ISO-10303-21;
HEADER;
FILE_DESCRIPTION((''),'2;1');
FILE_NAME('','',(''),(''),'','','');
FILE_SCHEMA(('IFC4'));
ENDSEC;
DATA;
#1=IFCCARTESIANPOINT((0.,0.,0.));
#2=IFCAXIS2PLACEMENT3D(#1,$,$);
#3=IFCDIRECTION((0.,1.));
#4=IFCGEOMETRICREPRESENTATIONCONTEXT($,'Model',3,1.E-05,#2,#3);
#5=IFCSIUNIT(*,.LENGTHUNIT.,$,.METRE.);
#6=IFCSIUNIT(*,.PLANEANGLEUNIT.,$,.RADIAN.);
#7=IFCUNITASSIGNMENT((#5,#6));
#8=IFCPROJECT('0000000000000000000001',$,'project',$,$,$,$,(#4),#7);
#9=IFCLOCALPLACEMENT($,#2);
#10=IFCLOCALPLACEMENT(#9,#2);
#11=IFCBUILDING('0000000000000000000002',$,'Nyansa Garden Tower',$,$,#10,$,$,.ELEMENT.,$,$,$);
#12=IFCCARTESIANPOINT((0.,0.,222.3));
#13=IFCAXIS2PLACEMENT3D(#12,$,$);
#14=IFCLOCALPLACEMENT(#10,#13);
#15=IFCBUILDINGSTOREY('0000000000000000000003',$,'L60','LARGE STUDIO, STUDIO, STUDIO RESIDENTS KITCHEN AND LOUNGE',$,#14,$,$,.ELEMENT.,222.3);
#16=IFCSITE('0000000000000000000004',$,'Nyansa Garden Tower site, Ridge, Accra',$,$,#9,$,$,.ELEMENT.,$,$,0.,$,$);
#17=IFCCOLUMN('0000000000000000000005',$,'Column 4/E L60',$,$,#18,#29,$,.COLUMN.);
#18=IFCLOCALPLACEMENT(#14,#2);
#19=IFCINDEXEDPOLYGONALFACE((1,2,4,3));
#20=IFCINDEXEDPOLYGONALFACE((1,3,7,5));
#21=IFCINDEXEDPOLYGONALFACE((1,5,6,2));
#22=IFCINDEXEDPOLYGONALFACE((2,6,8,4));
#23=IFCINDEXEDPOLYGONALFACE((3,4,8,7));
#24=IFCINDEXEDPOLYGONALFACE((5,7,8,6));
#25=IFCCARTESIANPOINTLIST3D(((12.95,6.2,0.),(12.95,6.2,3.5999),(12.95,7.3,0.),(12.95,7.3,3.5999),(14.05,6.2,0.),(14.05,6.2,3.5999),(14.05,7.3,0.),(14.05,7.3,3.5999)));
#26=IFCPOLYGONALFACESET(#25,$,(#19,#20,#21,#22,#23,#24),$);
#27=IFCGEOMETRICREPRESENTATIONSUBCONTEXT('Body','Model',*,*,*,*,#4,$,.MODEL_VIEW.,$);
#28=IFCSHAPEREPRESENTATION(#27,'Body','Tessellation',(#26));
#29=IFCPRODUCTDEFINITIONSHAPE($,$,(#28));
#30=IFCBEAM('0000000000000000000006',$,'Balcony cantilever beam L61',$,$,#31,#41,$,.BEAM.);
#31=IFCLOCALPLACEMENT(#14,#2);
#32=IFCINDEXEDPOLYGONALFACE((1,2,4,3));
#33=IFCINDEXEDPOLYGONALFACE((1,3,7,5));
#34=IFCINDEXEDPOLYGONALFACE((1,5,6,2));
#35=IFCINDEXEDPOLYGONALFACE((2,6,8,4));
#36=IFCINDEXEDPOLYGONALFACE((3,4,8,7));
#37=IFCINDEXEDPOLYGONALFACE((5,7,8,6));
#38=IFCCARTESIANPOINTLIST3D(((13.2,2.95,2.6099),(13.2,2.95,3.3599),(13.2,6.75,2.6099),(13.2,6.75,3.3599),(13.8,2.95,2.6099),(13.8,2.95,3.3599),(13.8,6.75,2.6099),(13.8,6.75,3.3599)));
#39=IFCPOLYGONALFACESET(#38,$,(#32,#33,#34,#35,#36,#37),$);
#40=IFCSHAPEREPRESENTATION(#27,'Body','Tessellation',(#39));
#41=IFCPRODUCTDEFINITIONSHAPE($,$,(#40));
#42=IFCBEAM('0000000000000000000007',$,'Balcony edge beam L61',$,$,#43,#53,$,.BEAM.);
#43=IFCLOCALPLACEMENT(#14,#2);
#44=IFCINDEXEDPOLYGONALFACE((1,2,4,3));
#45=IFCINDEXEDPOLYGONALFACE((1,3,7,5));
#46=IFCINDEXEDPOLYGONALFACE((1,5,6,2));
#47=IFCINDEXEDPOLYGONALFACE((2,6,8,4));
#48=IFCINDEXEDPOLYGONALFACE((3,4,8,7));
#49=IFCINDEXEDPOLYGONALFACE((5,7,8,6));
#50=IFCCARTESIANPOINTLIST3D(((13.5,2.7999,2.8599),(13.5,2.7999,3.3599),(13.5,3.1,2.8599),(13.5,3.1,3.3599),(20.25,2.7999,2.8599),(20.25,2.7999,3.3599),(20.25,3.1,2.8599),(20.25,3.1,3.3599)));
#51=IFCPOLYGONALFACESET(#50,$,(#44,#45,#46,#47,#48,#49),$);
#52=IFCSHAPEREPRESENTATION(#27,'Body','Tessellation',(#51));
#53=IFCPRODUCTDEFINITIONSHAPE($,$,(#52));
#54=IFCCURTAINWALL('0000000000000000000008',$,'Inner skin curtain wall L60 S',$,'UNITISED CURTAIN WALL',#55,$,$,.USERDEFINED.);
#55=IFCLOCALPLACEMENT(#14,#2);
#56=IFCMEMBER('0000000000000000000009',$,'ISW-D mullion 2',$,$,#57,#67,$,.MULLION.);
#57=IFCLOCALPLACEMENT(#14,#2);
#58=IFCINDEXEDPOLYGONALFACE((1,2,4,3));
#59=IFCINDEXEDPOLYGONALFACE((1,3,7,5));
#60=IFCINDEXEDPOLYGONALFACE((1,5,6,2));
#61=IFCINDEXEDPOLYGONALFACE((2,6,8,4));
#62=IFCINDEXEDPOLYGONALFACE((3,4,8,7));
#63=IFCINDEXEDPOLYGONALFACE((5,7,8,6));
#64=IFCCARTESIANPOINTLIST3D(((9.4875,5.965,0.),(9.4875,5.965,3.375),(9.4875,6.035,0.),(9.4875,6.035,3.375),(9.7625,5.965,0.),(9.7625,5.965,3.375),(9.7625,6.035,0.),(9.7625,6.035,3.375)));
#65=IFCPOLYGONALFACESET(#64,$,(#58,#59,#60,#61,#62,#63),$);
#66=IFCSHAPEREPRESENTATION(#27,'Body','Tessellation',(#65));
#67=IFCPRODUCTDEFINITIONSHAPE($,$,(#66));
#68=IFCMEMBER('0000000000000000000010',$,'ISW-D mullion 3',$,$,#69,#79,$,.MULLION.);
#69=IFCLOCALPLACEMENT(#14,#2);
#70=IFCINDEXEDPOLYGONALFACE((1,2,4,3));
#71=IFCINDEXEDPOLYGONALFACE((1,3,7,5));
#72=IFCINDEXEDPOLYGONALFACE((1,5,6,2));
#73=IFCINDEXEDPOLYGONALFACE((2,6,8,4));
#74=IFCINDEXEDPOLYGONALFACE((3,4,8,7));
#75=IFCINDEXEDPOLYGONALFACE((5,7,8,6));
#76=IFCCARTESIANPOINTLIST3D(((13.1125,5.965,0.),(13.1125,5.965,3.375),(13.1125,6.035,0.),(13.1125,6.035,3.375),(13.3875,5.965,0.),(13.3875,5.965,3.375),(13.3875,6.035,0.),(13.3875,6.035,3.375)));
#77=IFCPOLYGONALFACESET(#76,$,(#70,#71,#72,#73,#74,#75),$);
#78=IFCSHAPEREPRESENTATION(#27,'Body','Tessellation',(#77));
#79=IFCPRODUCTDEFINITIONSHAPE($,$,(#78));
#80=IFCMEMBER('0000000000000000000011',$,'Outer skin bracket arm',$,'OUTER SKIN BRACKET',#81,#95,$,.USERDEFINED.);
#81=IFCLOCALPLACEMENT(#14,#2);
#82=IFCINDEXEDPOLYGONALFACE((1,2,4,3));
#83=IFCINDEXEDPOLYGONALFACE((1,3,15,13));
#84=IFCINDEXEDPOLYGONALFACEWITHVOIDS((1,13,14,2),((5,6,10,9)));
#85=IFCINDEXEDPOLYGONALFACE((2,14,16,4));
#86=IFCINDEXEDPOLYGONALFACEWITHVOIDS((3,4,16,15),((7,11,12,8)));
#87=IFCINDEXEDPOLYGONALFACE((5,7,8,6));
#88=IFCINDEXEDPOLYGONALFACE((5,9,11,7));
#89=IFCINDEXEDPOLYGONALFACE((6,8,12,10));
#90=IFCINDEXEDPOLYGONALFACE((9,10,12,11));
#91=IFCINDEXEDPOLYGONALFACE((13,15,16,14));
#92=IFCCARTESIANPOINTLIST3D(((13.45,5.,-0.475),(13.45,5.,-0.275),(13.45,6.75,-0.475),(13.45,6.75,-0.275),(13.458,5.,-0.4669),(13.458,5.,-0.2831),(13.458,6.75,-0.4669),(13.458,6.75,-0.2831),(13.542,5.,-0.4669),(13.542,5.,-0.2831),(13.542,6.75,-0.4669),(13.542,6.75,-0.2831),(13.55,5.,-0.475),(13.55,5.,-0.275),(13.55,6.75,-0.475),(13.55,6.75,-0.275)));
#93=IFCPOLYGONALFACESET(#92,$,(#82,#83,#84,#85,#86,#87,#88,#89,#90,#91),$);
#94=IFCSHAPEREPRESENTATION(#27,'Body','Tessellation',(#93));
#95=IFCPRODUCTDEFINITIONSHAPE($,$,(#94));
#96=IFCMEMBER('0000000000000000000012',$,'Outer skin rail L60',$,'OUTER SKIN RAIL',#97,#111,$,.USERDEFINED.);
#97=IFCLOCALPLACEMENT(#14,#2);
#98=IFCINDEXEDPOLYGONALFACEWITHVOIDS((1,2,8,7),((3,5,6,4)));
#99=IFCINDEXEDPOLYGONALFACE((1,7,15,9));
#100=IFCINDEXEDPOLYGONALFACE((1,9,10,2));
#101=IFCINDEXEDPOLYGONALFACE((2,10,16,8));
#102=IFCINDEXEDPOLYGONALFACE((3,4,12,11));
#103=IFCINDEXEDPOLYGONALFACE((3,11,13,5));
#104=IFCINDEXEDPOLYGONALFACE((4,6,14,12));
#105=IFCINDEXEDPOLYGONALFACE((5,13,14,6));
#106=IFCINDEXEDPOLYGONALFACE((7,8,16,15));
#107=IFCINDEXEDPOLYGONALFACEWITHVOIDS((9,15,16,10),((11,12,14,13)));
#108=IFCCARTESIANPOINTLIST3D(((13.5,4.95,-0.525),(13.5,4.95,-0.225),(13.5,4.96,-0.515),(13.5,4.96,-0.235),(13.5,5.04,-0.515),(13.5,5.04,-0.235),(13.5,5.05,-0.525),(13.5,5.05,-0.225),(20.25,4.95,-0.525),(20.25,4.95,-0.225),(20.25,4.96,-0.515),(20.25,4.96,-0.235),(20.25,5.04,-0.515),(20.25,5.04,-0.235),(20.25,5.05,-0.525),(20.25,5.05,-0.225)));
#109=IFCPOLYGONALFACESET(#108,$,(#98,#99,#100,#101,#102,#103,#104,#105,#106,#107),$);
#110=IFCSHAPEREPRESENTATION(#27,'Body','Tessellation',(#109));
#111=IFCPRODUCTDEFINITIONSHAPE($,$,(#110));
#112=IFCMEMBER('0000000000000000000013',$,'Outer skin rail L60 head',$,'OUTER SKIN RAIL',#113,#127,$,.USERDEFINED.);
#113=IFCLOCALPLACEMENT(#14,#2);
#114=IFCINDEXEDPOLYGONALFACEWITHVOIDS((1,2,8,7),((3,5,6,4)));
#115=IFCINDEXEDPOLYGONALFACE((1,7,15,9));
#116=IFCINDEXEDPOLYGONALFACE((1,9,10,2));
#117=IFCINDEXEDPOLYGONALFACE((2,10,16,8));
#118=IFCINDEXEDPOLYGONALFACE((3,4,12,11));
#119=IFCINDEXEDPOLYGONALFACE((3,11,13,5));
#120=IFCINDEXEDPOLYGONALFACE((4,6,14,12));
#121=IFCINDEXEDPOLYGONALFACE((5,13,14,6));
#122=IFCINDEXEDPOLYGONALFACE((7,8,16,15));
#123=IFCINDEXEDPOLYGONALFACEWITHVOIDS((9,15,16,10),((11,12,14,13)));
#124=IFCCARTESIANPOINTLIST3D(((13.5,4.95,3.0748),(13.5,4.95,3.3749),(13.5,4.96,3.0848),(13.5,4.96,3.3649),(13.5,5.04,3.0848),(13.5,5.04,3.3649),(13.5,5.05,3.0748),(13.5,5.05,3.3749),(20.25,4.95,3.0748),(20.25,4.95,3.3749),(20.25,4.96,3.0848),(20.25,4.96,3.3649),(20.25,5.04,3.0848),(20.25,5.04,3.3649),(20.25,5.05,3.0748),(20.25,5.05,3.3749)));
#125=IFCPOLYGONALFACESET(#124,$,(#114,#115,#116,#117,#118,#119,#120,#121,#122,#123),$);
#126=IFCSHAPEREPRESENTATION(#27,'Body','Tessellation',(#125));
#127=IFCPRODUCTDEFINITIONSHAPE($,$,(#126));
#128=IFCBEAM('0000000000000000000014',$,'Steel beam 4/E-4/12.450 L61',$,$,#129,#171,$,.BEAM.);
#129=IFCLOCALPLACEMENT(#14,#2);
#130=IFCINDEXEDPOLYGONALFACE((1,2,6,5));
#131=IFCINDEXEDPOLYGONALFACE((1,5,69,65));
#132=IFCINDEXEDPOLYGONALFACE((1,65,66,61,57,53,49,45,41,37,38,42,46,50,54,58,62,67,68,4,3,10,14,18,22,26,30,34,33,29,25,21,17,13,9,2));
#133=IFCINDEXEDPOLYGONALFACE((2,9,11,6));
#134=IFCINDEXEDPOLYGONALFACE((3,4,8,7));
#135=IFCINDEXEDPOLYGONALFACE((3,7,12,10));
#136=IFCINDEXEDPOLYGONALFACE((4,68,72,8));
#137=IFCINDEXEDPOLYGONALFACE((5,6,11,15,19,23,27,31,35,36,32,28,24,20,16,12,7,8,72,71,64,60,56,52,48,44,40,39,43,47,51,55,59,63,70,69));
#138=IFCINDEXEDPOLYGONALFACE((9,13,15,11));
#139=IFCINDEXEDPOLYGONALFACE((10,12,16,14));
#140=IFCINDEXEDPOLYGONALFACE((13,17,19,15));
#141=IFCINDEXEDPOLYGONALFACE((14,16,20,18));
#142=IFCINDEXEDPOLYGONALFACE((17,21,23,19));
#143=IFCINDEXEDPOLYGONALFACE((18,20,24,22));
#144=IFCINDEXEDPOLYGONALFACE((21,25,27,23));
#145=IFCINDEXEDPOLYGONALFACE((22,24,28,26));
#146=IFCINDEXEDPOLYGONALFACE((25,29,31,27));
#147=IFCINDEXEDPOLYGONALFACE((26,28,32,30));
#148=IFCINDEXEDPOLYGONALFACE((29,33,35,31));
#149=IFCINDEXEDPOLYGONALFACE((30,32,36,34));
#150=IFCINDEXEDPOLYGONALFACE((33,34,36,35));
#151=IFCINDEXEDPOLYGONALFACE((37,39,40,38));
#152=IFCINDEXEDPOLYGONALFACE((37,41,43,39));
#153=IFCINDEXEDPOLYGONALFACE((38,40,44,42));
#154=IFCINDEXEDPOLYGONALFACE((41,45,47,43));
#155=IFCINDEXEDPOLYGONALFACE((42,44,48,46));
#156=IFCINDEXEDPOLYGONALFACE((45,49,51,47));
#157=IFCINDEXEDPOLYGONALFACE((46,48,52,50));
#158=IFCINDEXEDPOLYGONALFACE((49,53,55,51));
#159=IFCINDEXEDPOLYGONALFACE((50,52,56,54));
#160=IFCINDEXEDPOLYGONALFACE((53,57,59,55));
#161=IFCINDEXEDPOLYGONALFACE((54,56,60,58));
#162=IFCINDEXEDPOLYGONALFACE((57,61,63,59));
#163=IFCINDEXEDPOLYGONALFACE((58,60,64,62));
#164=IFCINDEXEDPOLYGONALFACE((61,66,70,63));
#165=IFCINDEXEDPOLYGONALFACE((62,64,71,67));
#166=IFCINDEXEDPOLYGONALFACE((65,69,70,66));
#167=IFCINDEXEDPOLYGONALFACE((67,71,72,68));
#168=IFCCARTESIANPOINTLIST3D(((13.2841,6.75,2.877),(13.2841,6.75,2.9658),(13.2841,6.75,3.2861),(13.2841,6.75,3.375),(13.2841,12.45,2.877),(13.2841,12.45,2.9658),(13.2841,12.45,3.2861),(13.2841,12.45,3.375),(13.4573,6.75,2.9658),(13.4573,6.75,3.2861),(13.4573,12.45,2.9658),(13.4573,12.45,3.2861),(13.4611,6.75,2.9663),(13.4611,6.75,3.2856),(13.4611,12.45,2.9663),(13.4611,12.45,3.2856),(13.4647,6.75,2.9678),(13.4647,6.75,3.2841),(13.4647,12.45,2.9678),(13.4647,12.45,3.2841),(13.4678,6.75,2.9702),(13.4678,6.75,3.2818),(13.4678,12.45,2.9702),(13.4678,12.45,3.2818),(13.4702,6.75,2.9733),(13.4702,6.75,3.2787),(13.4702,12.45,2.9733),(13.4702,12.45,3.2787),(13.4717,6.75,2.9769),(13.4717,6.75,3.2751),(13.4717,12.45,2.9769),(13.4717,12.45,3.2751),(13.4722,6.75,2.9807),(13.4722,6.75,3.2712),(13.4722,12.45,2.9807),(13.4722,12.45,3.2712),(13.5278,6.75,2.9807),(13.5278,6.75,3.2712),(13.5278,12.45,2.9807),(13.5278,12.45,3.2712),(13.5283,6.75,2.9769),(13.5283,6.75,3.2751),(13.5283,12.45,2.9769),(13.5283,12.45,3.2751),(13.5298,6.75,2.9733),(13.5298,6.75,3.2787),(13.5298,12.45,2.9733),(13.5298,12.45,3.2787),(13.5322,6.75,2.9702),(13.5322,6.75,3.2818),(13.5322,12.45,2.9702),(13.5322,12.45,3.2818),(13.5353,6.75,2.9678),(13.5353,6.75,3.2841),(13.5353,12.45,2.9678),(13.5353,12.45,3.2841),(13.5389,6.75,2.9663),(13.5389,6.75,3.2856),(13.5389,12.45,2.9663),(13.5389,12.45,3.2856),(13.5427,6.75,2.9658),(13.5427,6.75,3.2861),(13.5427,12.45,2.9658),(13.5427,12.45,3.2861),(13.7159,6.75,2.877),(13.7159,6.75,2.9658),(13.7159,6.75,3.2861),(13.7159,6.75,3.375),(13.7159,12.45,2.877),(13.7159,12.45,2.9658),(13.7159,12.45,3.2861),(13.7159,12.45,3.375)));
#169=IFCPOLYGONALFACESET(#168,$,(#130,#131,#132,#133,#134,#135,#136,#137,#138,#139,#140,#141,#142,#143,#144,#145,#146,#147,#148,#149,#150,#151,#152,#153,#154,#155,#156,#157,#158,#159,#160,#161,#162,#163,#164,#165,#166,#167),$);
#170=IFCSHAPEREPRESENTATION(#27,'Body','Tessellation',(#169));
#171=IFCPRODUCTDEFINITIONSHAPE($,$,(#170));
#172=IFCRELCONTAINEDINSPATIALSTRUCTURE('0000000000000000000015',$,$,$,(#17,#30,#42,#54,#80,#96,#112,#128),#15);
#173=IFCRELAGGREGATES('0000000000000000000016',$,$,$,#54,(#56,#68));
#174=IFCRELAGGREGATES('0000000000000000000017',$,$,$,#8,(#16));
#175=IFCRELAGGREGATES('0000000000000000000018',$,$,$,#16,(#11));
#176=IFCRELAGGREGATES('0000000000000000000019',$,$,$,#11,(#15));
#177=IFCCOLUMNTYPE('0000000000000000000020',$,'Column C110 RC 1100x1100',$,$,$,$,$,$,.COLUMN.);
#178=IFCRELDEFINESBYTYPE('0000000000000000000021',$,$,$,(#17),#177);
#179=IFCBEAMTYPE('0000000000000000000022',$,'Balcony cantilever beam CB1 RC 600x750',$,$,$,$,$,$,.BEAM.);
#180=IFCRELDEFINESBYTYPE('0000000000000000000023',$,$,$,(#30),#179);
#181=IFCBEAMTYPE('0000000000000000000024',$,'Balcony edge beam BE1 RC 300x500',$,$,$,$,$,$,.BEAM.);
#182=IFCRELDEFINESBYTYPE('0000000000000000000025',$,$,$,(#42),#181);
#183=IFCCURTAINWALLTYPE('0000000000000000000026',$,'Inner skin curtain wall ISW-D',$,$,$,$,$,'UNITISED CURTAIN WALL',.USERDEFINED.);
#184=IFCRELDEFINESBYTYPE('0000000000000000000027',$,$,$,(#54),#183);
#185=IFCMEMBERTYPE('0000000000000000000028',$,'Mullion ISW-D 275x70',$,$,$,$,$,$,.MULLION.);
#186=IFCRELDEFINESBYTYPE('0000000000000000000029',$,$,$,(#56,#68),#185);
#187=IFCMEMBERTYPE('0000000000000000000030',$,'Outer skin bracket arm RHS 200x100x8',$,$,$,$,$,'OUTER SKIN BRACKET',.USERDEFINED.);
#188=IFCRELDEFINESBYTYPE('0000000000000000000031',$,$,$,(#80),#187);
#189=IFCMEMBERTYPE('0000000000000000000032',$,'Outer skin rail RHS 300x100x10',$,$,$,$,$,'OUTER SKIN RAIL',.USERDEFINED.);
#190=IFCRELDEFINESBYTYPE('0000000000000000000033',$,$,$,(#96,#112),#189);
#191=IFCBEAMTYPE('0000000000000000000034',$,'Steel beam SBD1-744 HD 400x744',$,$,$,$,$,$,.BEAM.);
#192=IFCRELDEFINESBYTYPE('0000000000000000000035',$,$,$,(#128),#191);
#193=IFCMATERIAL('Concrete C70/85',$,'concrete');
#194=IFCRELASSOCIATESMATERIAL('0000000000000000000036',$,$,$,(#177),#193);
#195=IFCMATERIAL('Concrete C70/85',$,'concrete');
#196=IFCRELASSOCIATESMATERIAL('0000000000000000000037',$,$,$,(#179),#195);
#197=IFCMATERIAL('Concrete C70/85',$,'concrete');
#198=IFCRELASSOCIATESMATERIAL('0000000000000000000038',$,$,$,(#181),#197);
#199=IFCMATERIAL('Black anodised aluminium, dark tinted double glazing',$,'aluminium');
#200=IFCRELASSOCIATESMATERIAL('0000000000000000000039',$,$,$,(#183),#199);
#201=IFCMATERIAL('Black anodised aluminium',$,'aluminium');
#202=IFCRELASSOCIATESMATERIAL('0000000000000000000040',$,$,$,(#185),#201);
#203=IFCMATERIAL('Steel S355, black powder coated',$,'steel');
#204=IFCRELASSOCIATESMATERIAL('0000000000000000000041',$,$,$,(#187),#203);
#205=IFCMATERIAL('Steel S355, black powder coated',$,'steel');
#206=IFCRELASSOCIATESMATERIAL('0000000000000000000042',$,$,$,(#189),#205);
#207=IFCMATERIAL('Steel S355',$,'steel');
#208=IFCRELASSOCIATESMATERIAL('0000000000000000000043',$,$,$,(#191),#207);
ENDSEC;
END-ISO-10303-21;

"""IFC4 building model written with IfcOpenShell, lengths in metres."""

from ifc_helpers import new_model, si_unit, direction, frame, origin, origin_2d, place, context, subcontext, project, spatial, rectangle, hollow_rectangle, i_section, extrude, material, material_profile, profile_set, type_object, element, aggregate, save


model = new_model("IFC4")

# Units and contexts
model_context = context("Model", 3, precision=1e-05, world=origin(), true_north=direction((0.0, 1.0)))
body_context = subcontext(model_context, "Body", "Model", "MODEL_VIEW")
ifc_project = project(units=[si_unit("LENGTHUNIT", "METRE"), si_unit("PLANEANGLEUNIT", "RADIAN")], contexts=[model_context])

# Site, building, storey
site_placement = place(None, origin())
site = spatial("IfcSite", under=ifc_project, at=site_placement, Name="Nyansa Garden Tower site, Ridge, Accra", CompositionType="ELEMENT", RefElevation=0.0)
building_placement = place(site_placement, origin())
building = spatial("IfcBuilding", under=site, at=building_placement, Name="Nyansa Garden Tower", CompositionType="ELEMENT")
storey_placement = place(building_placement, frame((0.0, 0.0, 222.3)))
storey = spatial("IfcBuildingStorey", under=building, at=storey_placement, Name="L60", Description="LARGE STUDIO, STUDIO, STUDIO RESIDENTS KITCHEN AND LOUNGE", CompositionType="ELEMENT", Elevation=222.3)

# Column
ifc_material_1 = material(Name="Concrete C70/85", Category="concrete")
ifc_material_profile_1 = material_profile(ifc_material_1, rectangle(XDim=1.1001, YDim=1.1001, at=origin_2d()), Name="RC 1100x1100")
ifc_profile_set_1 = profile_set([ifc_material_profile_1], Name="Concrete C70/85")
column_type = type_object("IfcColumnType", Name="Column C110 RC 1100x1100", PredefinedType="COLUMN", material=ifc_profile_set_1)
column_placement = place(storey_placement, frame((13.5, 6.75, 0.0), z_axis=(0.0, 0.0, 1.0), x_axis=(1.0, 0.0, 0.0)))
element("IfcColumn", 1, at=column_placement, inside=storey, type_object=column_type, Name="Column 4/E L60", PredefinedType="COLUMN", context=body_context, shape_type="SweptSolid", body=[
    extrude(rectangle(XDim=1.1001, YDim=1.1001, at=origin_2d()), origin(), (0.0, 0.0, 1.0), 3.5999),
])

# Beams
ifc_material_2 = material(Name="Concrete C70/85", Category="concrete")
ifc_material_profile_2 = material_profile(ifc_material_2, rectangle(XDim=0.6001, YDim=0.75, at=origin_2d()), Name="RC 600x750")
ifc_profile_set_2 = profile_set([ifc_material_profile_2], Name="Concrete C70/85")
beam_type_1 = type_object("IfcBeamType", Name="Balcony cantilever beam CB1 RC 600x750", PredefinedType="BEAM", material=ifc_profile_set_2)
beam_1_placement = place(storey_placement, frame((13.5, 6.75, 2.9849), z_axis=(0.0, -1.0, 0.0), x_axis=(1.0, 0.0, 0.0)))
element("IfcBeam", 2, at=beam_1_placement, inside=storey, type_object=beam_type_1, Name="Balcony cantilever beam L61", PredefinedType="BEAM", context=body_context, shape_type="SweptSolid", body=[
    extrude(rectangle(XDim=0.6001, YDim=0.75, at=origin_2d()), origin(), (0.0, 0.0, 1.0), 3.8),
])
ifc_material_3 = material(Name="Concrete C70/85", Category="concrete")
ifc_material_profile_3 = material_profile(ifc_material_3, rectangle(XDim=0.3, YDim=0.5, at=origin_2d()), Name="RC 300x500")
ifc_profile_set_3 = profile_set([ifc_material_profile_3], Name="Concrete C70/85")
beam_type_2 = type_object("IfcBeamType", Name="Balcony edge beam BE1 RC 300x500", PredefinedType="BEAM", material=ifc_profile_set_3)
beam_2_placement = place(storey_placement, frame((13.5, 2.95, 3.1099), z_axis=(1.0, 0.0, 0.0), x_axis=(0.0, 1.0, 0.0)))
element("IfcBeam", 3, at=beam_2_placement, inside=storey, type_object=beam_type_2, Name="Balcony edge beam L61", PredefinedType="BEAM", context=body_context, shape_type="SweptSolid", body=[
    extrude(rectangle(XDim=0.3, YDim=0.5, at=origin_2d()), origin(), (0.0, 0.0, 1.0), 6.75),
])

# Curtain wall, members
ifc_material_4 = material(Name="Black anodised aluminium, dark tinted double glazing", Category="aluminium")
curtain_wall_type = type_object("IfcCurtainWallType", Name="Inner skin curtain wall ISW-D", ElementType="UNITISED CURTAIN WALL", PredefinedType="USERDEFINED", material=ifc_material_4)
curtain_wall_placement = place(storey_placement, origin())
curtain_wall = element("IfcCurtainWall", 4, at=curtain_wall_placement, inside=storey, type_object=curtain_wall_type, Name="Inner skin curtain wall L60 S", ObjectType="UNITISED CURTAIN WALL", PredefinedType="USERDEFINED")
ifc_material_5 = material(Name="Black anodised aluminium", Category="aluminium")
ifc_material_profile_4 = material_profile(ifc_material_5, rectangle(XDim=0.0701, YDim=0.2749, at=origin_2d()), Name="Mullion 275x70")
ifc_profile_set_4 = profile_set([ifc_material_profile_4], Name="Black anodised aluminium")
member_type_1 = type_object("IfcMemberType", Name="Mullion ISW-D 275x70", PredefinedType="MULLION", material=ifc_profile_set_4)
member_1_placement = place(storey_placement, frame((9.625, 6.0, 0.0), z_axis=(0.0, 0.0, 1.0), x_axis=(0.0, 1.0, 0.0)))
member_1 = element("IfcMember", 5, at=member_1_placement, type_object=member_type_1, Name="ISW-D mullion 2", PredefinedType="MULLION", context=body_context, shape_type="SweptSolid", body=[
    extrude(rectangle(XDim=0.0701, YDim=0.2749, at=origin_2d()), origin(), (0.0, 0.0, 1.0), 3.375),
])
member_2_placement = place(storey_placement, frame((13.25, 6.0, 0.0), z_axis=(0.0, 0.0, 1.0), x_axis=(0.0, 1.0, 0.0)))
member_2 = element("IfcMember", 6, at=member_2_placement, type_object=member_type_1, Name="ISW-D mullion 3", PredefinedType="MULLION", context=body_context, shape_type="SweptSolid", body=[
    extrude(rectangle(XDim=0.0701, YDim=0.2749, at=origin_2d()), origin(), (0.0, 0.0, 1.0), 3.375),
])

# Members
ifc_material_6 = material(Name="Steel S355, black powder coated", Category="steel")
ifc_material_profile_5 = material_profile(ifc_material_6, hollow_rectangle(XDim=0.1001, YDim=0.2, WallThickness=0.0081, at=origin_2d()), Name="RHS 200x100x8")
ifc_profile_set_5 = profile_set([ifc_material_profile_5], Name="Steel S355, black powder coated")
member_type_2 = type_object("IfcMemberType", Name="Outer skin bracket arm RHS 200x100x8", ElementType="OUTER SKIN BRACKET", PredefinedType="USERDEFINED", material=ifc_profile_set_5)
member_3_placement = place(storey_placement, frame((13.5, 6.75, -0.375), z_axis=(0.0, -1.0, 0.0), x_axis=(1.0, 0.0, 0.0)))
element("IfcMember", 7, at=member_3_placement, inside=storey, type_object=member_type_2, Name="Outer skin bracket arm", ObjectType="OUTER SKIN BRACKET", PredefinedType="USERDEFINED", context=body_context, shape_type="SweptSolid", body=[
    extrude(hollow_rectangle(XDim=0.1001, YDim=0.2, WallThickness=0.0081, at=origin_2d()), origin(), (0.0, 0.0, 1.0), 1.75),
])
ifc_material_7 = material(Name="Steel S355, black powder coated", Category="steel")
ifc_material_profile_6 = material_profile(ifc_material_7, hollow_rectangle(XDim=0.1001, YDim=0.3, WallThickness=0.01, at=origin_2d()), Name="RHS 300x100x10")
ifc_profile_set_6 = profile_set([ifc_material_profile_6], Name="Steel S355, black powder coated")
member_type_3 = type_object("IfcMemberType", Name="Outer skin rail RHS 300x100x10", ElementType="OUTER SKIN RAIL", PredefinedType="USERDEFINED", material=ifc_profile_set_6)
for number, where, z_axis, x_axis, name in (
    (8, (13.5, 5.0, -0.375), (1.0, 0.0, 0.0), (0.0, 1.0, 0.0), "Outer skin rail L60"),
    (9, (13.5, 5.0, 3.2249), (1.0, 0.0, 0.0), (0.0, 1.0, 0.0), "Outer skin rail L60 head"),
):
    element("IfcMember", number, at=place(storey_placement, frame(where, z_axis=z_axis, x_axis=x_axis)), inside=storey, type_object=member_type_3, Name=name, ObjectType="OUTER SKIN RAIL", PredefinedType="USERDEFINED", context=body_context, shape_type="SweptSolid", body=[
        extrude(hollow_rectangle(XDim=0.1001, YDim=0.3, WallThickness=0.01, at=origin_2d()), origin(), (0.0, 0.0, 1.0), 6.75),
    ])

# Beam
ifc_material_8 = material(Name="Steel S355", Category="steel")
ifc_material_profile_7 = material_profile(ifc_material_8, i_section(OverallWidth=0.4319, OverallDepth=0.498, WebThickness=0.0557, FlangeThickness=0.0889, FilletRadius=0.0149, at=origin_2d()), Name="HD 400x744")
ifc_profile_set_7 = profile_set([ifc_material_profile_7], Name="Steel S355")
beam_type_3 = type_object("IfcBeamType", Name="Steel beam SBD1-744 HD 400x744", PredefinedType="BEAM", material=ifc_profile_set_7)
beam_3_placement = place(storey_placement, frame((13.5, 6.75, 3.126), z_axis=(0.0, 1.0, 0.0), x_axis=(-1.0, 0.0, 0.0)))
element("IfcBeam", 10, at=beam_3_placement, inside=storey, type_object=beam_type_3, Name="Steel beam 4/E-4/12.450 L61", PredefinedType="BEAM", context=body_context, shape_type="SweptSolid", body=[
    extrude(i_section(OverallWidth=0.4319, OverallDepth=0.498, WebThickness=0.0557, FlangeThickness=0.0889, FilletRadius=0.0149, at=origin_2d()), origin(), (0.0, 0.0, 1.0), 5.7),
])

aggregate(curtain_wall, [member_1, member_2])

save(model, "model.ifc")
